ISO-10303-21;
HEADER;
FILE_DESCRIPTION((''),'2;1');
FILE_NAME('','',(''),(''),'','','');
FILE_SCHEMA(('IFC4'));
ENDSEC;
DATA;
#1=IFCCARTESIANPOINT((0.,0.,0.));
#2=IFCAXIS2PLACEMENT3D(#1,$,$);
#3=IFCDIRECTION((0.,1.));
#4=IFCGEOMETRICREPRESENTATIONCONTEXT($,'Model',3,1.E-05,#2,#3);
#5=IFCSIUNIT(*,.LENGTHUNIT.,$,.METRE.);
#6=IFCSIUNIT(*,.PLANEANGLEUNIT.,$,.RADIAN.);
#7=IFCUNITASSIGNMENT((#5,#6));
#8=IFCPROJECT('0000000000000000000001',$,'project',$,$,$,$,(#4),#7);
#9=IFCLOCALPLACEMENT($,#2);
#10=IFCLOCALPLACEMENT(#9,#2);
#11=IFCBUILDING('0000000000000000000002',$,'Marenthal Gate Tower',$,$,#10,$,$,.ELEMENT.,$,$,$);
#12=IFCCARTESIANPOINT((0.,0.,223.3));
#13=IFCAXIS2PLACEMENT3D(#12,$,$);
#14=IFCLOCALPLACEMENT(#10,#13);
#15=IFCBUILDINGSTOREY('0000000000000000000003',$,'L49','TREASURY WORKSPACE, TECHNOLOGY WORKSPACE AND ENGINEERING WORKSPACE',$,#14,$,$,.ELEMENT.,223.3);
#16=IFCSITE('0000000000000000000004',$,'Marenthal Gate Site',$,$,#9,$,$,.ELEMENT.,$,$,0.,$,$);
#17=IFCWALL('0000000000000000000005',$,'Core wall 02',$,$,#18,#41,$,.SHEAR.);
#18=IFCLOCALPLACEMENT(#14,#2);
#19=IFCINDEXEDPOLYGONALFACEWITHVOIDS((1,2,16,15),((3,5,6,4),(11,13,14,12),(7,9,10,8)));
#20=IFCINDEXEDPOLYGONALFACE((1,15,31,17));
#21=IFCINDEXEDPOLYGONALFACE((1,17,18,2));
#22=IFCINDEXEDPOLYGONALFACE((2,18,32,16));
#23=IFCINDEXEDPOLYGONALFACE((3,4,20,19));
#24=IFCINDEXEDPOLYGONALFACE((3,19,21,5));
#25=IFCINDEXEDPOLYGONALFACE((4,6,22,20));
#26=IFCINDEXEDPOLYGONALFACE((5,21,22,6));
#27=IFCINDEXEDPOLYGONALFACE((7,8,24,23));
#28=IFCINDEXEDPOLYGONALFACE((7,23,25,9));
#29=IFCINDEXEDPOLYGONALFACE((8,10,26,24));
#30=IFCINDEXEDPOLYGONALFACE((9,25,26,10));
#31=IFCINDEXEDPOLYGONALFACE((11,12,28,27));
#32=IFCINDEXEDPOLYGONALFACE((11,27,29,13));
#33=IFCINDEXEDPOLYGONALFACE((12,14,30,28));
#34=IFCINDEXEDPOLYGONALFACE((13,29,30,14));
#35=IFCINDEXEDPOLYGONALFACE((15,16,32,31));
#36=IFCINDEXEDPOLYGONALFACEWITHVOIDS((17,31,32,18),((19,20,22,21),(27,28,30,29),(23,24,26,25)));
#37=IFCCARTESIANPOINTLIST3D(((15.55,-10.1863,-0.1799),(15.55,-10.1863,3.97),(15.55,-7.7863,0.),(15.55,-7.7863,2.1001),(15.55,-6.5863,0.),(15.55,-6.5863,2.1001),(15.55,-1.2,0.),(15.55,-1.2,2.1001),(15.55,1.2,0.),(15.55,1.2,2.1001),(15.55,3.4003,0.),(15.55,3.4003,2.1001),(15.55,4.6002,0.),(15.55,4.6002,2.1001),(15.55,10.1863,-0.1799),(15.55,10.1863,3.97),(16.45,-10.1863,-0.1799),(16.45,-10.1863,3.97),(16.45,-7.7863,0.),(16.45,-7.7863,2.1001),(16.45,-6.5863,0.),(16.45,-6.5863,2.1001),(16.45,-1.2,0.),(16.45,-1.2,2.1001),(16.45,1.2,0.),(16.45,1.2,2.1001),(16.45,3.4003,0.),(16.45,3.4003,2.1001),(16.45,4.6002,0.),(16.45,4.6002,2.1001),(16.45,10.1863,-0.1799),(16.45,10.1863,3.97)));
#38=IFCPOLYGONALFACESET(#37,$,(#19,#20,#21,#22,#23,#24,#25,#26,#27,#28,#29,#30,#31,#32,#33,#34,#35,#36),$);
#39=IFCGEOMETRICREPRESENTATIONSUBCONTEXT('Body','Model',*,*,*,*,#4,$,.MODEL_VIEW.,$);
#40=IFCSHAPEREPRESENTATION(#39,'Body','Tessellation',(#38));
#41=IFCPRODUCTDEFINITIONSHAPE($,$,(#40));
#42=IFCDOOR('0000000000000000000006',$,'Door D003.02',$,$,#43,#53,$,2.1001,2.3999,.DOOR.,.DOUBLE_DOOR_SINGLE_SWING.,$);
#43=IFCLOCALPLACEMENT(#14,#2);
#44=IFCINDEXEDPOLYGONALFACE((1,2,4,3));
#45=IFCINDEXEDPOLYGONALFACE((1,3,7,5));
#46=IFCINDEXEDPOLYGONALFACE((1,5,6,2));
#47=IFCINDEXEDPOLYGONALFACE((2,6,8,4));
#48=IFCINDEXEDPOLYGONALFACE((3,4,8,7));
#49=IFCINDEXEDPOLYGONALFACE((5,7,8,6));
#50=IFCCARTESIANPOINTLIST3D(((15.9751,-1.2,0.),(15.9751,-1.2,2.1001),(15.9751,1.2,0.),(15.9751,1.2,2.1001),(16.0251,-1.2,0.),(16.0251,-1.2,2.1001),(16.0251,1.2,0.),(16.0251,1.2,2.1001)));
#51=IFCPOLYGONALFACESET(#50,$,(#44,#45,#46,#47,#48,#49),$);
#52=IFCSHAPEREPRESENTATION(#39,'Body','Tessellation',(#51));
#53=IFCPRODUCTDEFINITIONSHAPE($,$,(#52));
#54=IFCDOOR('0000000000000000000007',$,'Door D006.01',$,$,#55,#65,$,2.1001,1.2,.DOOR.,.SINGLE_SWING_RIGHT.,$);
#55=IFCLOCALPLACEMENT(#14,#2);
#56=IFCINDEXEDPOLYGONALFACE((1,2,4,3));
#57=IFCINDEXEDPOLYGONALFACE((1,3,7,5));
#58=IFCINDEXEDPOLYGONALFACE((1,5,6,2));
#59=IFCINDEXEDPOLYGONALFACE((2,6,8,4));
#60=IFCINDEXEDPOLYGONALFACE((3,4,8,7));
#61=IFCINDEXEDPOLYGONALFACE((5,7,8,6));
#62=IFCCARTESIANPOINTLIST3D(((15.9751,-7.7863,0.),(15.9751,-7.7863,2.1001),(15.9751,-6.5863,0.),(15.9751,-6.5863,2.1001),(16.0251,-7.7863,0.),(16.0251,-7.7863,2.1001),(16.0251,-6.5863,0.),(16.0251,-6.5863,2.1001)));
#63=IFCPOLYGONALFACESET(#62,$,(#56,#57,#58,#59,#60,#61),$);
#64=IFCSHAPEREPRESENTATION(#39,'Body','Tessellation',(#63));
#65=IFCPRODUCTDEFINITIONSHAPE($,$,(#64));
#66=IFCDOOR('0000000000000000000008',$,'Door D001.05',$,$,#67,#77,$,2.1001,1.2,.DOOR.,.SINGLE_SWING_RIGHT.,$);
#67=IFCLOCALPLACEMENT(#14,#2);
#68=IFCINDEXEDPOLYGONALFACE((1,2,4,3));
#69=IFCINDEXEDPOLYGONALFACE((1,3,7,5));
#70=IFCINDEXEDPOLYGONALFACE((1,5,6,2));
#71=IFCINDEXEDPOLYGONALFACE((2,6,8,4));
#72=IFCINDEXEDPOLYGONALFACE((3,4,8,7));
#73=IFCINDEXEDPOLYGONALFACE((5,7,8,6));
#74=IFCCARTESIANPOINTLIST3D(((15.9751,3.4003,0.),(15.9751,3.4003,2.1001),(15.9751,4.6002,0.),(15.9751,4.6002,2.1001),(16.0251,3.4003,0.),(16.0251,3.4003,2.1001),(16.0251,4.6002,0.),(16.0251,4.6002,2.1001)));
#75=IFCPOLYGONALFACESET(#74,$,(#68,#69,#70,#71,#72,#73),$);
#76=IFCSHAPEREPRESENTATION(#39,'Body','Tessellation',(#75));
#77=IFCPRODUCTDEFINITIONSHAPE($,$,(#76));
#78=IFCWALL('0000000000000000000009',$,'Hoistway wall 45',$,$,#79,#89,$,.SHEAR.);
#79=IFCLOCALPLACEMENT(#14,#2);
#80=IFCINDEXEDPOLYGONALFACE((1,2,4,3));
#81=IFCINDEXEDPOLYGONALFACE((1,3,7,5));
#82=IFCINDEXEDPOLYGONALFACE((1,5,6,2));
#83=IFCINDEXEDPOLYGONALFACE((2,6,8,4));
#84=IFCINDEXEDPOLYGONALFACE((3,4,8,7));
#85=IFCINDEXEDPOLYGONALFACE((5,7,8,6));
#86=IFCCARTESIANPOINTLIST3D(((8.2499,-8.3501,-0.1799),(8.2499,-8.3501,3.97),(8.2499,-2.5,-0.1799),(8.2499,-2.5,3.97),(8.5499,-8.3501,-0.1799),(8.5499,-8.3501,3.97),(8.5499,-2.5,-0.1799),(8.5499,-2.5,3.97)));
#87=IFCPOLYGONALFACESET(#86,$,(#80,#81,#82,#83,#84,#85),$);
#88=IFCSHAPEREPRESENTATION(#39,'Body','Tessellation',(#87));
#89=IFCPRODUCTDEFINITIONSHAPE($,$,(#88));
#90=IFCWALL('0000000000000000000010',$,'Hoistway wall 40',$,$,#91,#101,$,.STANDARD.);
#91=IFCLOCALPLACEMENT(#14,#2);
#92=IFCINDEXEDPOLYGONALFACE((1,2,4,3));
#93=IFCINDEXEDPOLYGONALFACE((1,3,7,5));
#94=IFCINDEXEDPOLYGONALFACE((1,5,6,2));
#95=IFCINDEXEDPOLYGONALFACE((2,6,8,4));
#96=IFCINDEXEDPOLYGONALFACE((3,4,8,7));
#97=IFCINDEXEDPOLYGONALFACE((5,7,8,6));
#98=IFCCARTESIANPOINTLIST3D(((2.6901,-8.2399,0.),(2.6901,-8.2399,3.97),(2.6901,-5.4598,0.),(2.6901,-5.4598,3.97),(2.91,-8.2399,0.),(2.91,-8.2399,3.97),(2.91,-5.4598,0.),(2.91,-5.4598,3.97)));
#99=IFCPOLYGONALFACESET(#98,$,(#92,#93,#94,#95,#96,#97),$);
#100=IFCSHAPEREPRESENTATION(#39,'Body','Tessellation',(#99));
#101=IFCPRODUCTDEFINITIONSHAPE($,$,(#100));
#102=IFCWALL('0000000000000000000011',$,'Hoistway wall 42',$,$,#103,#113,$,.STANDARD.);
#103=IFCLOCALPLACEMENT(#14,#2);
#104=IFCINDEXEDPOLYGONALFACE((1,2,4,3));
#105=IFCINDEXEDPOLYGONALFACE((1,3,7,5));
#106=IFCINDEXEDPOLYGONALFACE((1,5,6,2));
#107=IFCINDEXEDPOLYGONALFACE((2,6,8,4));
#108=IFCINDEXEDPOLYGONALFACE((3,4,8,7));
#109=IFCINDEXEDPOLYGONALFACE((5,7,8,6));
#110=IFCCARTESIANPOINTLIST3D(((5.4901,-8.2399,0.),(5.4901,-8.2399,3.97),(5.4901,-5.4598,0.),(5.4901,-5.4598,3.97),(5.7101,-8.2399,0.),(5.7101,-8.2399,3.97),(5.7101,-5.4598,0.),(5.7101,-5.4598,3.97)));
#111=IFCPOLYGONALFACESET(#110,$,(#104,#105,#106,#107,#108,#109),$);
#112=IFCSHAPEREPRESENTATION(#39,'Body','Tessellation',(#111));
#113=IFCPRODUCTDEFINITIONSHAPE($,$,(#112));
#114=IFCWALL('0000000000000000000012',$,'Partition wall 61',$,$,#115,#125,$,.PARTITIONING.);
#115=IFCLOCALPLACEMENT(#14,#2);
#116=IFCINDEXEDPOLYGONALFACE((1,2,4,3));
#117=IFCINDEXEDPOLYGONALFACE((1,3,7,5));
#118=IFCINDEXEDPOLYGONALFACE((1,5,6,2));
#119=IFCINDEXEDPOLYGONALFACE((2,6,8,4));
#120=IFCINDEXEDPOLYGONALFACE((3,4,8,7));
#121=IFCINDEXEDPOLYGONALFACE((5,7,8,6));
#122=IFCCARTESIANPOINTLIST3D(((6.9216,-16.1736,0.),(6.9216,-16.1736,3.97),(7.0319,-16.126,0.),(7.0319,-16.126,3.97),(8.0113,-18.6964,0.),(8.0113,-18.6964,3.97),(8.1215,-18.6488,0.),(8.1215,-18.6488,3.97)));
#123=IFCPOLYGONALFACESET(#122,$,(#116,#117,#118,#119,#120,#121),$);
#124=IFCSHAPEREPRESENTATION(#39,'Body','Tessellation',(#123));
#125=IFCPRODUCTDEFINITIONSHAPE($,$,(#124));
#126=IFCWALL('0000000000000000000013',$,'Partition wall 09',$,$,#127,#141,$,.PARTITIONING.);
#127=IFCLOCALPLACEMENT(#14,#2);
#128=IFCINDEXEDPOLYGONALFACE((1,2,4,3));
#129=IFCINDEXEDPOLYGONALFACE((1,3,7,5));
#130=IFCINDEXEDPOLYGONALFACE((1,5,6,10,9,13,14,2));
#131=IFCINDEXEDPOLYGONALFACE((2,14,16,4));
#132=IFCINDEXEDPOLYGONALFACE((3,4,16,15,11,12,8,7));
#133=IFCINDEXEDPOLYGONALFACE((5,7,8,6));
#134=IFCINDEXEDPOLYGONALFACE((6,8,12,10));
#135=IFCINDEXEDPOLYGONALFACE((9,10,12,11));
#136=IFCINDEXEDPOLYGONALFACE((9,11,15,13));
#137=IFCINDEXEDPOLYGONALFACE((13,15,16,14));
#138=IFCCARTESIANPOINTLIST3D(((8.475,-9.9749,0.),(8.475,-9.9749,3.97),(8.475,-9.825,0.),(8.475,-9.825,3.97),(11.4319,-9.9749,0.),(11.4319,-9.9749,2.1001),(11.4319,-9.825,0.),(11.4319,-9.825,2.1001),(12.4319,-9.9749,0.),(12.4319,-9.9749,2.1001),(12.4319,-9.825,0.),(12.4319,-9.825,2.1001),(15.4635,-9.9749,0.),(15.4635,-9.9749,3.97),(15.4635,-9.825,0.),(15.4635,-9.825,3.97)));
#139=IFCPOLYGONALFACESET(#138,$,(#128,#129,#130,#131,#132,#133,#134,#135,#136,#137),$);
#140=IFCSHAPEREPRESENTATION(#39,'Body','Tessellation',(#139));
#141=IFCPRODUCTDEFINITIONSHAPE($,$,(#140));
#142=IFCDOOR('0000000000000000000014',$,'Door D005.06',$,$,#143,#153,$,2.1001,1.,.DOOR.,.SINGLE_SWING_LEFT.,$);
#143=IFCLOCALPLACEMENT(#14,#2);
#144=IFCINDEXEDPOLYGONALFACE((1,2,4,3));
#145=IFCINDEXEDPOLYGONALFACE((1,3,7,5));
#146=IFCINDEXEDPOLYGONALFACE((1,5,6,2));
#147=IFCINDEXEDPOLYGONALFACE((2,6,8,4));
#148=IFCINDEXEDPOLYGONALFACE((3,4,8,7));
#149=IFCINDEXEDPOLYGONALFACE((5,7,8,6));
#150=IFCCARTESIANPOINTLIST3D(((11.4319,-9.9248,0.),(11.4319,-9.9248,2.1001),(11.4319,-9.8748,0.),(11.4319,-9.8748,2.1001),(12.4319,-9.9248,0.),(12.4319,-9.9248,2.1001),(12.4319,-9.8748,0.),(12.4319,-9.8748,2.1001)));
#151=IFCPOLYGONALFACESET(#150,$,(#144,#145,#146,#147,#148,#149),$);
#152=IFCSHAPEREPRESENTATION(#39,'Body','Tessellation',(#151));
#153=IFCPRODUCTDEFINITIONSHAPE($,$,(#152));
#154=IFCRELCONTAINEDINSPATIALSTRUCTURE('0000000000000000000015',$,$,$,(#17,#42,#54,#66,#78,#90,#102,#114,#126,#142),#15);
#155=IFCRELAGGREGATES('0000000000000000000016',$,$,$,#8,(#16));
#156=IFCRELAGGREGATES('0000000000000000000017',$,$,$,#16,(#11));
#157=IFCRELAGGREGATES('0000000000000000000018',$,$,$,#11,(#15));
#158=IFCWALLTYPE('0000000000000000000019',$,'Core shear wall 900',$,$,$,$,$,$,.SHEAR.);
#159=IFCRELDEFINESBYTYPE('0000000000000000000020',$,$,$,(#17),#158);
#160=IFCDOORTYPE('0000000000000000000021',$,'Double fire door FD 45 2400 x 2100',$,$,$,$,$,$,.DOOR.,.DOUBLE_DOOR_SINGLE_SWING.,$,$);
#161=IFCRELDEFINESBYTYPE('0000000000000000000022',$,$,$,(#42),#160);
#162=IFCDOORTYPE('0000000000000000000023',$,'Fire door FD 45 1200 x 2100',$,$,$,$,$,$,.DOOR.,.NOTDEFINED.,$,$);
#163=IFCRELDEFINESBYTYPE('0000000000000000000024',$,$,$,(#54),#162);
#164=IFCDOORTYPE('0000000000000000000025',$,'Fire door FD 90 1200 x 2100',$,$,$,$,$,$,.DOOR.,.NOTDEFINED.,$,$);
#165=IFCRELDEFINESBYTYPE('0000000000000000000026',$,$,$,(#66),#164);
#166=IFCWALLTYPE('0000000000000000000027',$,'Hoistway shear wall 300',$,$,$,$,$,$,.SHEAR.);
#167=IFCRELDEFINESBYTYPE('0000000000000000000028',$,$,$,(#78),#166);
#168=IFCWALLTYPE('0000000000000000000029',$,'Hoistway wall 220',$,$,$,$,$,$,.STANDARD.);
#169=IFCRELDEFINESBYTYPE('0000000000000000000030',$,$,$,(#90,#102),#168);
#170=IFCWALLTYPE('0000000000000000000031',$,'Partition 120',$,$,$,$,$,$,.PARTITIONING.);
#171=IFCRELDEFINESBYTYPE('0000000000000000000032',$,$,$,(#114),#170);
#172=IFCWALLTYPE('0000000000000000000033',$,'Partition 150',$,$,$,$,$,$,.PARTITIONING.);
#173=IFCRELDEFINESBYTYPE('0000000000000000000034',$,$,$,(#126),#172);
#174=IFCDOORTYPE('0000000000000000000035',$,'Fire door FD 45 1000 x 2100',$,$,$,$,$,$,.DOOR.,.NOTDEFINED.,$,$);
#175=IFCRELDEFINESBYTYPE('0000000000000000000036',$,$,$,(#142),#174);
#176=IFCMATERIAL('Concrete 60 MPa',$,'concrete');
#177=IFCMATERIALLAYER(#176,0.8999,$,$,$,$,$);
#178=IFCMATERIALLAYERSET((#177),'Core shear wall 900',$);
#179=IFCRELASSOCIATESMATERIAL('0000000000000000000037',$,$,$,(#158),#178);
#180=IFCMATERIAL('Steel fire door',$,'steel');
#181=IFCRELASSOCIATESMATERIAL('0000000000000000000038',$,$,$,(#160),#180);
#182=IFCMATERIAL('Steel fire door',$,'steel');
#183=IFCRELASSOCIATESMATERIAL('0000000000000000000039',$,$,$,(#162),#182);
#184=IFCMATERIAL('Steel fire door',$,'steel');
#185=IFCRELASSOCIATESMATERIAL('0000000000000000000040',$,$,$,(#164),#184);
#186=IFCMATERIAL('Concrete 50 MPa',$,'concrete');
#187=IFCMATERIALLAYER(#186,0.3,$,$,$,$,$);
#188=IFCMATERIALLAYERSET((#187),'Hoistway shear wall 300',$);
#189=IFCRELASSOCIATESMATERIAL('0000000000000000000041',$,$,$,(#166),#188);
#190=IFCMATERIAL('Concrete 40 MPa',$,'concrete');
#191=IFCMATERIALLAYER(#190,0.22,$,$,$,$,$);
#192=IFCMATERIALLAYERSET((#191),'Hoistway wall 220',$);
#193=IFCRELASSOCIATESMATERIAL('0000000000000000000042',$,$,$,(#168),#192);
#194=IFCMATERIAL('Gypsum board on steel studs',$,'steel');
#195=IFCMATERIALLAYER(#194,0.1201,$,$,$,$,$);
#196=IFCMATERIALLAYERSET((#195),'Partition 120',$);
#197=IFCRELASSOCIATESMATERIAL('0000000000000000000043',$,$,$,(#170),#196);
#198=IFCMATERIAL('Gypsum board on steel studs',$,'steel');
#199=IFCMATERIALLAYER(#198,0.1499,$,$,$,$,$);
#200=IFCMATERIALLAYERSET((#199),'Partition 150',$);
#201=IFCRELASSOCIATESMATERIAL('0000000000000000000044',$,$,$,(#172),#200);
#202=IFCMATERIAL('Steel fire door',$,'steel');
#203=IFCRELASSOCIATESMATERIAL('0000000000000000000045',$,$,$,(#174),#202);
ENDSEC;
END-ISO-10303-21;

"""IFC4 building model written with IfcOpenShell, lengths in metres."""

from ifc_helpers import new_model, si_unit, direction, frame, frame_2d, origin, place, context, subcontext, project, spatial, rectangle, extrude, material, layer, layer_set, type_object, element, fill, save


model = new_model("IFC4")

# Units and contexts
model_context = context("Model", 3, precision=1e-05, world=origin(), true_north=direction((0.0, 1.0)))
body_context = subcontext(model_context, "Body", "Model", "MODEL_VIEW")
ifc_project = project(units=[si_unit("LENGTHUNIT", "METRE"), si_unit("PLANEANGLEUNIT", "RADIAN")], contexts=[model_context])

# Site, building, storey
site_placement = place(None, origin())
site = spatial("IfcSite", under=ifc_project, at=site_placement, Name="Marenthal Gate Site", CompositionType="ELEMENT", RefElevation=0.0)
building_placement = place(site_placement, origin())
building = spatial("IfcBuilding", under=site, at=building_placement, Name="Marenthal Gate Tower", CompositionType="ELEMENT")
storey_placement = place(building_placement, frame((0.0, 0.0, 223.3)))
storey = spatial("IfcBuildingStorey", under=building, at=storey_placement, Name="L49", Description="TREASURY WORKSPACE, TECHNOLOGY WORKSPACE AND ENGINEERING WORKSPACE", CompositionType="ELEMENT", Elevation=223.3)

# Shared definitions
ifc_material_1 = material(Name="Concrete 60 MPa", Category="concrete")
ifc_layer_1 = layer(ifc_material_1, 0.8999)
ifc_layer_set_1 = layer_set([ifc_layer_1], Name="Core shear wall 900")
wall_type_1 = type_object("IfcWallType", Name="Core shear wall 900", PredefinedType="SHEAR", material=ifc_layer_set_1)

# Wall, openings, doors
wall_1_placement = place(storey_placement, frame((16.0, -10.1863, -0.1799), z_axis=(0.0, 0.0, 1.0), x_axis=(0.0, 1.0, 0.0)))
wall_1 = element("IfcWall", 1, at=wall_1_placement, inside=storey, type_object=wall_type_1, Name="Core wall 02", PredefinedType="SHEAR", context=body_context, shape_type="SweptSolid", body=[
    extrude(rectangle(XDim=20.3726, YDim=0.8999, at=frame_2d((10.1863, 0.0))), origin(), (0.0, 0.0, 1.0), 4.1499),
])
opening_1_placement = place(wall_1_placement, frame((8.9863, 0.0, 0.1799)))
opening_1 = element("IfcOpeningElement", 2, at=opening_1_placement, cuts=wall_1, PredefinedType="OPENING", context=body_context, shape_type="SweptSolid", body=[
    extrude(rectangle(XDim=2.3999, YDim=2.1001, at=frame_2d((1.2, 1.05))), frame((0.0, 0.46, 0.0), z_axis=(0.0, -1.0, 0.0), x_axis=(1.0, 0.0, 0.0)), (0.0, 0.0, 1.0), 0.9199),
])
opening_2_placement = place(wall_1_placement, frame((13.5864, 0.0, 0.1799)))
opening_2 = element("IfcOpeningElement", 3, at=opening_2_placement, cuts=wall_1, PredefinedType="OPENING", context=body_context, shape_type="SweptSolid", body=[
    extrude(rectangle(XDim=1.2, YDim=2.1001, at=frame_2d((0.6001, 1.05))), frame((0.0, 0.46, 0.0), z_axis=(0.0, -1.0, 0.0), x_axis=(1.0, 0.0, 0.0)), (0.0, 0.0, 1.0), 0.9199),
])
opening_3_placement = place(wall_1_placement, frame((2.3999, 0.0, 0.1799)))
opening_3 = element("IfcOpeningElement", 4, at=opening_3_placement, cuts=wall_1, PredefinedType="OPENING", context=body_context, shape_type="SweptSolid", body=[
    extrude(rectangle(XDim=1.2, YDim=2.1001, at=frame_2d((0.6001, 1.05))), frame((0.0, 0.46, 0.0), z_axis=(0.0, -1.0, 0.0), x_axis=(1.0, 0.0, 0.0)), (0.0, 0.0, 1.0), 0.9199),
])
ifc_material_2 = material(Name="Steel fire door", Category="steel")
door_type_1 = type_object("IfcDoorType", Name="Double fire door FD 45 2400 x 2100", OperationType="DOUBLE_DOOR_SINGLE_SWING", PredefinedType="DOOR", material=ifc_material_2)
door_1_placement = place(opening_1_placement, origin())
door_1 = element("IfcDoor", 5, at=door_1_placement, inside=storey, type_object=door_type_1, Name="Door D003.02", OperationType="DOUBLE_DOOR_SINGLE_SWING", OverallHeight=2.1001, OverallWidth=2.3999, PredefinedType="DOOR", context=body_context, shape_type="SweptSolid", body=[
    extrude(rectangle(XDim=2.3999, YDim=2.1001, at=frame_2d((1.2, 1.05))), frame((0.0, 0.0249, 0.0), z_axis=(0.0, -1.0, 0.0), x_axis=(1.0, 0.0, 0.0)), (0.0, 0.0, 1.0), 0.05),
])
fill(opening_1, door_1)
ifc_material_3 = material(Name="Steel fire door", Category="steel")
door_type_2 = type_object("IfcDoorType", Name="Fire door FD 45 1200 x 2100", OperationType="NOTDEFINED", PredefinedType="DOOR", material=ifc_material_3)
door_2_placement = place(opening_3_placement, origin())
door_2 = element("IfcDoor", 6, at=door_2_placement, inside=storey, type_object=door_type_2, Name="Door D006.01", OperationType="SINGLE_SWING_RIGHT", OverallHeight=2.1001, OverallWidth=1.2, PredefinedType="DOOR", context=body_context, shape_type="SweptSolid", body=[
    extrude(rectangle(XDim=1.2, YDim=2.1001, at=frame_2d((0.6001, 1.05))), frame((0.0, 0.0249, 0.0), z_axis=(0.0, -1.0, 0.0), x_axis=(1.0, 0.0, 0.0)), (0.0, 0.0, 1.0), 0.05),
])
fill(opening_3, door_2)
ifc_material_4 = material(Name="Steel fire door", Category="steel")
door_type_3 = type_object("IfcDoorType", Name="Fire door FD 90 1200 x 2100", OperationType="NOTDEFINED", PredefinedType="DOOR", material=ifc_material_4)
door_3_placement = place(opening_2_placement, origin())
door_3 = element("IfcDoor", 7, at=door_3_placement, inside=storey, type_object=door_type_3, Name="Door D001.05", OperationType="SINGLE_SWING_RIGHT", OverallHeight=2.1001, OverallWidth=1.2, PredefinedType="DOOR", context=body_context, shape_type="SweptSolid", body=[
    extrude(rectangle(XDim=1.2, YDim=2.1001, at=frame_2d((0.6001, 1.05))), frame((0.0, 0.0249, 0.0), z_axis=(0.0, -1.0, 0.0), x_axis=(1.0, 0.0, 0.0)), (0.0, 0.0, 1.0), 0.05),
])
fill(opening_2, door_3)

# Walls
ifc_material_5 = material(Name="Concrete 50 MPa", Category="concrete")
ifc_layer_2 = layer(ifc_material_5, 0.3)
ifc_layer_set_2 = layer_set([ifc_layer_2], Name="Hoistway shear wall 300")
wall_type_2 = type_object("IfcWallType", Name="Hoistway shear wall 300", PredefinedType="SHEAR", material=ifc_layer_set_2)
wall_2_placement = place(storey_placement, frame((8.3999, -8.3501, -0.1799), z_axis=(0.0, 0.0, 1.0), x_axis=(0.0, 1.0, 0.0)))
element("IfcWall", 8, at=wall_2_placement, inside=storey, type_object=wall_type_2, Name="Hoistway wall 45", PredefinedType="SHEAR", context=body_context, shape_type="SweptSolid", body=[
    extrude(rectangle(XDim=5.8501, YDim=0.3, at=frame_2d((2.925, 0.0))), origin(), (0.0, 0.0, 1.0), 4.1499),
])
ifc_material_6 = material(Name="Concrete 40 MPa", Category="concrete")
ifc_layer_3 = layer(ifc_material_6, 0.22)
ifc_layer_set_3 = layer_set([ifc_layer_3], Name="Hoistway wall 220")
wall_type_3 = type_object("IfcWallType", Name="Hoistway wall 220", PredefinedType="STANDARD", material=ifc_layer_set_3)
for number, where, z_axis, x_axis, name in (
    (9, (2.8, -8.24, 0.0), (0.0, 0.0, 1.0), (0.0, 1.0, 0.0), "Hoistway wall 40"),
    (10, (5.6001, -8.24, 0.0), (0.0, 0.0, 1.0), (0.0, 1.0, 0.0), "Hoistway wall 42"),
):
    element("IfcWall", number, at=place(storey_placement, frame(where, z_axis=z_axis, x_axis=x_axis)), inside=storey, type_object=wall_type_3, Name=name, PredefinedType="STANDARD", context=body_context, shape_type="SweptSolid", body=[
        extrude(rectangle(XDim=2.78, YDim=0.22, at=frame_2d((1.3901, 0.0))), origin(), (0.0, 0.0, 1.0), 3.97),
    ])
ifc_material_7 = material(Name="Gypsum board on steel studs", Category="steel")
ifc_layer_4 = layer(ifc_material_7, 0.1201)
ifc_layer_set_4 = layer_set([ifc_layer_4], Name="Partition 120")
wall_type_4 = type_object("IfcWallType", Name="Partition 120", PredefinedType="PARTITIONING", material=ifc_layer_set_4)
wall_3_placement = place(storey_placement, frame((8.0664, -18.6726, 0.0), z_axis=(0.0, 0.0, 1.0), x_axis=(-0.396513, 0.918029, 0.0)))
element("IfcWall", 11, at=wall_3_placement, inside=storey, type_object=wall_type_4, Name="Partition wall 61", PredefinedType="PARTITIONING", context=body_context, shape_type="SweptSolid", body=[
    extrude(rectangle(XDim=2.748, YDim=0.1201, at=frame_2d((1.374, 0.0))), origin(), (0.0, 0.0, 1.0), 3.97),
])

# Wall, opening, door
ifc_material_8 = material(Name="Gypsum board on steel studs", Category="steel")
ifc_layer_5 = layer(ifc_material_8, 0.1499)
ifc_layer_set_5 = layer_set([ifc_layer_5], Name="Partition 150")
wall_type_5 = type_object("IfcWallType", Name="Partition 150", PredefinedType="PARTITIONING", material=ifc_layer_set_5)
wall_4_placement = place(storey_placement, frame((8.4751, -9.8999, 0.0), z_axis=(0.0, 0.0, 1.0), x_axis=(1.0, 0.0, 0.0)))
wall_4 = element("IfcWall", 12, at=wall_4_placement, inside=storey, type_object=wall_type_5, Name="Partition wall 09", PredefinedType="PARTITIONING", context=body_context, shape_type="SweptSolid", body=[
    extrude(rectangle(XDim=6.9885, YDim=0.1499, at=frame_2d((3.4941, 0.0))), origin(), (0.0, 0.0, 1.0), 3.97),
])
opening_4_placement = place(wall_4_placement, frame((2.9568, 0.0, 0.0)))
opening_4 = element("IfcOpeningElement", 13, at=opening_4_placement, cuts=wall_4, PredefinedType="OPENING", context=body_context, shape_type="SweptSolid", body=[
    extrude(rectangle(XDim=1.0, YDim=2.1001, at=frame_2d((0.5, 1.05))), frame((0.0, 0.085, 0.0), z_axis=(0.0, -1.0, 0.0), x_axis=(1.0, 0.0, 0.0)), (0.0, 0.0, 1.0), 0.1699),
])
ifc_material_9 = material(Name="Steel fire door", Category="steel")
door_type_4 = type_object("IfcDoorType", Name="Fire door FD 45 1000 x 2100", OperationType="NOTDEFINED", PredefinedType="DOOR", material=ifc_material_9)
door_4_placement = place(opening_4_placement, frame((1.0, 0.0, 0.0), z_axis=(0.0, 0.0, 1.0), x_axis=(-1.0, 0.0, 0.0)))
door_4 = element("IfcDoor", 14, at=door_4_placement, inside=storey, type_object=door_type_4, Name="Door D005.06", OperationType="SINGLE_SWING_LEFT", OverallHeight=2.1001, OverallWidth=1.0, PredefinedType="DOOR", context=body_context, shape_type="SweptSolid", body=[
    extrude(rectangle(XDim=1.0, YDim=2.1001, at=frame_2d((0.5, 1.05))), frame((0.0, 0.0249, 0.0), z_axis=(0.0, -1.0, 0.0), x_axis=(1.0, 0.0, 0.0)), (0.0, 0.0, 1.0), 0.05),
])
fill(opening_4, door_4)

save(model, "model.ifc")
